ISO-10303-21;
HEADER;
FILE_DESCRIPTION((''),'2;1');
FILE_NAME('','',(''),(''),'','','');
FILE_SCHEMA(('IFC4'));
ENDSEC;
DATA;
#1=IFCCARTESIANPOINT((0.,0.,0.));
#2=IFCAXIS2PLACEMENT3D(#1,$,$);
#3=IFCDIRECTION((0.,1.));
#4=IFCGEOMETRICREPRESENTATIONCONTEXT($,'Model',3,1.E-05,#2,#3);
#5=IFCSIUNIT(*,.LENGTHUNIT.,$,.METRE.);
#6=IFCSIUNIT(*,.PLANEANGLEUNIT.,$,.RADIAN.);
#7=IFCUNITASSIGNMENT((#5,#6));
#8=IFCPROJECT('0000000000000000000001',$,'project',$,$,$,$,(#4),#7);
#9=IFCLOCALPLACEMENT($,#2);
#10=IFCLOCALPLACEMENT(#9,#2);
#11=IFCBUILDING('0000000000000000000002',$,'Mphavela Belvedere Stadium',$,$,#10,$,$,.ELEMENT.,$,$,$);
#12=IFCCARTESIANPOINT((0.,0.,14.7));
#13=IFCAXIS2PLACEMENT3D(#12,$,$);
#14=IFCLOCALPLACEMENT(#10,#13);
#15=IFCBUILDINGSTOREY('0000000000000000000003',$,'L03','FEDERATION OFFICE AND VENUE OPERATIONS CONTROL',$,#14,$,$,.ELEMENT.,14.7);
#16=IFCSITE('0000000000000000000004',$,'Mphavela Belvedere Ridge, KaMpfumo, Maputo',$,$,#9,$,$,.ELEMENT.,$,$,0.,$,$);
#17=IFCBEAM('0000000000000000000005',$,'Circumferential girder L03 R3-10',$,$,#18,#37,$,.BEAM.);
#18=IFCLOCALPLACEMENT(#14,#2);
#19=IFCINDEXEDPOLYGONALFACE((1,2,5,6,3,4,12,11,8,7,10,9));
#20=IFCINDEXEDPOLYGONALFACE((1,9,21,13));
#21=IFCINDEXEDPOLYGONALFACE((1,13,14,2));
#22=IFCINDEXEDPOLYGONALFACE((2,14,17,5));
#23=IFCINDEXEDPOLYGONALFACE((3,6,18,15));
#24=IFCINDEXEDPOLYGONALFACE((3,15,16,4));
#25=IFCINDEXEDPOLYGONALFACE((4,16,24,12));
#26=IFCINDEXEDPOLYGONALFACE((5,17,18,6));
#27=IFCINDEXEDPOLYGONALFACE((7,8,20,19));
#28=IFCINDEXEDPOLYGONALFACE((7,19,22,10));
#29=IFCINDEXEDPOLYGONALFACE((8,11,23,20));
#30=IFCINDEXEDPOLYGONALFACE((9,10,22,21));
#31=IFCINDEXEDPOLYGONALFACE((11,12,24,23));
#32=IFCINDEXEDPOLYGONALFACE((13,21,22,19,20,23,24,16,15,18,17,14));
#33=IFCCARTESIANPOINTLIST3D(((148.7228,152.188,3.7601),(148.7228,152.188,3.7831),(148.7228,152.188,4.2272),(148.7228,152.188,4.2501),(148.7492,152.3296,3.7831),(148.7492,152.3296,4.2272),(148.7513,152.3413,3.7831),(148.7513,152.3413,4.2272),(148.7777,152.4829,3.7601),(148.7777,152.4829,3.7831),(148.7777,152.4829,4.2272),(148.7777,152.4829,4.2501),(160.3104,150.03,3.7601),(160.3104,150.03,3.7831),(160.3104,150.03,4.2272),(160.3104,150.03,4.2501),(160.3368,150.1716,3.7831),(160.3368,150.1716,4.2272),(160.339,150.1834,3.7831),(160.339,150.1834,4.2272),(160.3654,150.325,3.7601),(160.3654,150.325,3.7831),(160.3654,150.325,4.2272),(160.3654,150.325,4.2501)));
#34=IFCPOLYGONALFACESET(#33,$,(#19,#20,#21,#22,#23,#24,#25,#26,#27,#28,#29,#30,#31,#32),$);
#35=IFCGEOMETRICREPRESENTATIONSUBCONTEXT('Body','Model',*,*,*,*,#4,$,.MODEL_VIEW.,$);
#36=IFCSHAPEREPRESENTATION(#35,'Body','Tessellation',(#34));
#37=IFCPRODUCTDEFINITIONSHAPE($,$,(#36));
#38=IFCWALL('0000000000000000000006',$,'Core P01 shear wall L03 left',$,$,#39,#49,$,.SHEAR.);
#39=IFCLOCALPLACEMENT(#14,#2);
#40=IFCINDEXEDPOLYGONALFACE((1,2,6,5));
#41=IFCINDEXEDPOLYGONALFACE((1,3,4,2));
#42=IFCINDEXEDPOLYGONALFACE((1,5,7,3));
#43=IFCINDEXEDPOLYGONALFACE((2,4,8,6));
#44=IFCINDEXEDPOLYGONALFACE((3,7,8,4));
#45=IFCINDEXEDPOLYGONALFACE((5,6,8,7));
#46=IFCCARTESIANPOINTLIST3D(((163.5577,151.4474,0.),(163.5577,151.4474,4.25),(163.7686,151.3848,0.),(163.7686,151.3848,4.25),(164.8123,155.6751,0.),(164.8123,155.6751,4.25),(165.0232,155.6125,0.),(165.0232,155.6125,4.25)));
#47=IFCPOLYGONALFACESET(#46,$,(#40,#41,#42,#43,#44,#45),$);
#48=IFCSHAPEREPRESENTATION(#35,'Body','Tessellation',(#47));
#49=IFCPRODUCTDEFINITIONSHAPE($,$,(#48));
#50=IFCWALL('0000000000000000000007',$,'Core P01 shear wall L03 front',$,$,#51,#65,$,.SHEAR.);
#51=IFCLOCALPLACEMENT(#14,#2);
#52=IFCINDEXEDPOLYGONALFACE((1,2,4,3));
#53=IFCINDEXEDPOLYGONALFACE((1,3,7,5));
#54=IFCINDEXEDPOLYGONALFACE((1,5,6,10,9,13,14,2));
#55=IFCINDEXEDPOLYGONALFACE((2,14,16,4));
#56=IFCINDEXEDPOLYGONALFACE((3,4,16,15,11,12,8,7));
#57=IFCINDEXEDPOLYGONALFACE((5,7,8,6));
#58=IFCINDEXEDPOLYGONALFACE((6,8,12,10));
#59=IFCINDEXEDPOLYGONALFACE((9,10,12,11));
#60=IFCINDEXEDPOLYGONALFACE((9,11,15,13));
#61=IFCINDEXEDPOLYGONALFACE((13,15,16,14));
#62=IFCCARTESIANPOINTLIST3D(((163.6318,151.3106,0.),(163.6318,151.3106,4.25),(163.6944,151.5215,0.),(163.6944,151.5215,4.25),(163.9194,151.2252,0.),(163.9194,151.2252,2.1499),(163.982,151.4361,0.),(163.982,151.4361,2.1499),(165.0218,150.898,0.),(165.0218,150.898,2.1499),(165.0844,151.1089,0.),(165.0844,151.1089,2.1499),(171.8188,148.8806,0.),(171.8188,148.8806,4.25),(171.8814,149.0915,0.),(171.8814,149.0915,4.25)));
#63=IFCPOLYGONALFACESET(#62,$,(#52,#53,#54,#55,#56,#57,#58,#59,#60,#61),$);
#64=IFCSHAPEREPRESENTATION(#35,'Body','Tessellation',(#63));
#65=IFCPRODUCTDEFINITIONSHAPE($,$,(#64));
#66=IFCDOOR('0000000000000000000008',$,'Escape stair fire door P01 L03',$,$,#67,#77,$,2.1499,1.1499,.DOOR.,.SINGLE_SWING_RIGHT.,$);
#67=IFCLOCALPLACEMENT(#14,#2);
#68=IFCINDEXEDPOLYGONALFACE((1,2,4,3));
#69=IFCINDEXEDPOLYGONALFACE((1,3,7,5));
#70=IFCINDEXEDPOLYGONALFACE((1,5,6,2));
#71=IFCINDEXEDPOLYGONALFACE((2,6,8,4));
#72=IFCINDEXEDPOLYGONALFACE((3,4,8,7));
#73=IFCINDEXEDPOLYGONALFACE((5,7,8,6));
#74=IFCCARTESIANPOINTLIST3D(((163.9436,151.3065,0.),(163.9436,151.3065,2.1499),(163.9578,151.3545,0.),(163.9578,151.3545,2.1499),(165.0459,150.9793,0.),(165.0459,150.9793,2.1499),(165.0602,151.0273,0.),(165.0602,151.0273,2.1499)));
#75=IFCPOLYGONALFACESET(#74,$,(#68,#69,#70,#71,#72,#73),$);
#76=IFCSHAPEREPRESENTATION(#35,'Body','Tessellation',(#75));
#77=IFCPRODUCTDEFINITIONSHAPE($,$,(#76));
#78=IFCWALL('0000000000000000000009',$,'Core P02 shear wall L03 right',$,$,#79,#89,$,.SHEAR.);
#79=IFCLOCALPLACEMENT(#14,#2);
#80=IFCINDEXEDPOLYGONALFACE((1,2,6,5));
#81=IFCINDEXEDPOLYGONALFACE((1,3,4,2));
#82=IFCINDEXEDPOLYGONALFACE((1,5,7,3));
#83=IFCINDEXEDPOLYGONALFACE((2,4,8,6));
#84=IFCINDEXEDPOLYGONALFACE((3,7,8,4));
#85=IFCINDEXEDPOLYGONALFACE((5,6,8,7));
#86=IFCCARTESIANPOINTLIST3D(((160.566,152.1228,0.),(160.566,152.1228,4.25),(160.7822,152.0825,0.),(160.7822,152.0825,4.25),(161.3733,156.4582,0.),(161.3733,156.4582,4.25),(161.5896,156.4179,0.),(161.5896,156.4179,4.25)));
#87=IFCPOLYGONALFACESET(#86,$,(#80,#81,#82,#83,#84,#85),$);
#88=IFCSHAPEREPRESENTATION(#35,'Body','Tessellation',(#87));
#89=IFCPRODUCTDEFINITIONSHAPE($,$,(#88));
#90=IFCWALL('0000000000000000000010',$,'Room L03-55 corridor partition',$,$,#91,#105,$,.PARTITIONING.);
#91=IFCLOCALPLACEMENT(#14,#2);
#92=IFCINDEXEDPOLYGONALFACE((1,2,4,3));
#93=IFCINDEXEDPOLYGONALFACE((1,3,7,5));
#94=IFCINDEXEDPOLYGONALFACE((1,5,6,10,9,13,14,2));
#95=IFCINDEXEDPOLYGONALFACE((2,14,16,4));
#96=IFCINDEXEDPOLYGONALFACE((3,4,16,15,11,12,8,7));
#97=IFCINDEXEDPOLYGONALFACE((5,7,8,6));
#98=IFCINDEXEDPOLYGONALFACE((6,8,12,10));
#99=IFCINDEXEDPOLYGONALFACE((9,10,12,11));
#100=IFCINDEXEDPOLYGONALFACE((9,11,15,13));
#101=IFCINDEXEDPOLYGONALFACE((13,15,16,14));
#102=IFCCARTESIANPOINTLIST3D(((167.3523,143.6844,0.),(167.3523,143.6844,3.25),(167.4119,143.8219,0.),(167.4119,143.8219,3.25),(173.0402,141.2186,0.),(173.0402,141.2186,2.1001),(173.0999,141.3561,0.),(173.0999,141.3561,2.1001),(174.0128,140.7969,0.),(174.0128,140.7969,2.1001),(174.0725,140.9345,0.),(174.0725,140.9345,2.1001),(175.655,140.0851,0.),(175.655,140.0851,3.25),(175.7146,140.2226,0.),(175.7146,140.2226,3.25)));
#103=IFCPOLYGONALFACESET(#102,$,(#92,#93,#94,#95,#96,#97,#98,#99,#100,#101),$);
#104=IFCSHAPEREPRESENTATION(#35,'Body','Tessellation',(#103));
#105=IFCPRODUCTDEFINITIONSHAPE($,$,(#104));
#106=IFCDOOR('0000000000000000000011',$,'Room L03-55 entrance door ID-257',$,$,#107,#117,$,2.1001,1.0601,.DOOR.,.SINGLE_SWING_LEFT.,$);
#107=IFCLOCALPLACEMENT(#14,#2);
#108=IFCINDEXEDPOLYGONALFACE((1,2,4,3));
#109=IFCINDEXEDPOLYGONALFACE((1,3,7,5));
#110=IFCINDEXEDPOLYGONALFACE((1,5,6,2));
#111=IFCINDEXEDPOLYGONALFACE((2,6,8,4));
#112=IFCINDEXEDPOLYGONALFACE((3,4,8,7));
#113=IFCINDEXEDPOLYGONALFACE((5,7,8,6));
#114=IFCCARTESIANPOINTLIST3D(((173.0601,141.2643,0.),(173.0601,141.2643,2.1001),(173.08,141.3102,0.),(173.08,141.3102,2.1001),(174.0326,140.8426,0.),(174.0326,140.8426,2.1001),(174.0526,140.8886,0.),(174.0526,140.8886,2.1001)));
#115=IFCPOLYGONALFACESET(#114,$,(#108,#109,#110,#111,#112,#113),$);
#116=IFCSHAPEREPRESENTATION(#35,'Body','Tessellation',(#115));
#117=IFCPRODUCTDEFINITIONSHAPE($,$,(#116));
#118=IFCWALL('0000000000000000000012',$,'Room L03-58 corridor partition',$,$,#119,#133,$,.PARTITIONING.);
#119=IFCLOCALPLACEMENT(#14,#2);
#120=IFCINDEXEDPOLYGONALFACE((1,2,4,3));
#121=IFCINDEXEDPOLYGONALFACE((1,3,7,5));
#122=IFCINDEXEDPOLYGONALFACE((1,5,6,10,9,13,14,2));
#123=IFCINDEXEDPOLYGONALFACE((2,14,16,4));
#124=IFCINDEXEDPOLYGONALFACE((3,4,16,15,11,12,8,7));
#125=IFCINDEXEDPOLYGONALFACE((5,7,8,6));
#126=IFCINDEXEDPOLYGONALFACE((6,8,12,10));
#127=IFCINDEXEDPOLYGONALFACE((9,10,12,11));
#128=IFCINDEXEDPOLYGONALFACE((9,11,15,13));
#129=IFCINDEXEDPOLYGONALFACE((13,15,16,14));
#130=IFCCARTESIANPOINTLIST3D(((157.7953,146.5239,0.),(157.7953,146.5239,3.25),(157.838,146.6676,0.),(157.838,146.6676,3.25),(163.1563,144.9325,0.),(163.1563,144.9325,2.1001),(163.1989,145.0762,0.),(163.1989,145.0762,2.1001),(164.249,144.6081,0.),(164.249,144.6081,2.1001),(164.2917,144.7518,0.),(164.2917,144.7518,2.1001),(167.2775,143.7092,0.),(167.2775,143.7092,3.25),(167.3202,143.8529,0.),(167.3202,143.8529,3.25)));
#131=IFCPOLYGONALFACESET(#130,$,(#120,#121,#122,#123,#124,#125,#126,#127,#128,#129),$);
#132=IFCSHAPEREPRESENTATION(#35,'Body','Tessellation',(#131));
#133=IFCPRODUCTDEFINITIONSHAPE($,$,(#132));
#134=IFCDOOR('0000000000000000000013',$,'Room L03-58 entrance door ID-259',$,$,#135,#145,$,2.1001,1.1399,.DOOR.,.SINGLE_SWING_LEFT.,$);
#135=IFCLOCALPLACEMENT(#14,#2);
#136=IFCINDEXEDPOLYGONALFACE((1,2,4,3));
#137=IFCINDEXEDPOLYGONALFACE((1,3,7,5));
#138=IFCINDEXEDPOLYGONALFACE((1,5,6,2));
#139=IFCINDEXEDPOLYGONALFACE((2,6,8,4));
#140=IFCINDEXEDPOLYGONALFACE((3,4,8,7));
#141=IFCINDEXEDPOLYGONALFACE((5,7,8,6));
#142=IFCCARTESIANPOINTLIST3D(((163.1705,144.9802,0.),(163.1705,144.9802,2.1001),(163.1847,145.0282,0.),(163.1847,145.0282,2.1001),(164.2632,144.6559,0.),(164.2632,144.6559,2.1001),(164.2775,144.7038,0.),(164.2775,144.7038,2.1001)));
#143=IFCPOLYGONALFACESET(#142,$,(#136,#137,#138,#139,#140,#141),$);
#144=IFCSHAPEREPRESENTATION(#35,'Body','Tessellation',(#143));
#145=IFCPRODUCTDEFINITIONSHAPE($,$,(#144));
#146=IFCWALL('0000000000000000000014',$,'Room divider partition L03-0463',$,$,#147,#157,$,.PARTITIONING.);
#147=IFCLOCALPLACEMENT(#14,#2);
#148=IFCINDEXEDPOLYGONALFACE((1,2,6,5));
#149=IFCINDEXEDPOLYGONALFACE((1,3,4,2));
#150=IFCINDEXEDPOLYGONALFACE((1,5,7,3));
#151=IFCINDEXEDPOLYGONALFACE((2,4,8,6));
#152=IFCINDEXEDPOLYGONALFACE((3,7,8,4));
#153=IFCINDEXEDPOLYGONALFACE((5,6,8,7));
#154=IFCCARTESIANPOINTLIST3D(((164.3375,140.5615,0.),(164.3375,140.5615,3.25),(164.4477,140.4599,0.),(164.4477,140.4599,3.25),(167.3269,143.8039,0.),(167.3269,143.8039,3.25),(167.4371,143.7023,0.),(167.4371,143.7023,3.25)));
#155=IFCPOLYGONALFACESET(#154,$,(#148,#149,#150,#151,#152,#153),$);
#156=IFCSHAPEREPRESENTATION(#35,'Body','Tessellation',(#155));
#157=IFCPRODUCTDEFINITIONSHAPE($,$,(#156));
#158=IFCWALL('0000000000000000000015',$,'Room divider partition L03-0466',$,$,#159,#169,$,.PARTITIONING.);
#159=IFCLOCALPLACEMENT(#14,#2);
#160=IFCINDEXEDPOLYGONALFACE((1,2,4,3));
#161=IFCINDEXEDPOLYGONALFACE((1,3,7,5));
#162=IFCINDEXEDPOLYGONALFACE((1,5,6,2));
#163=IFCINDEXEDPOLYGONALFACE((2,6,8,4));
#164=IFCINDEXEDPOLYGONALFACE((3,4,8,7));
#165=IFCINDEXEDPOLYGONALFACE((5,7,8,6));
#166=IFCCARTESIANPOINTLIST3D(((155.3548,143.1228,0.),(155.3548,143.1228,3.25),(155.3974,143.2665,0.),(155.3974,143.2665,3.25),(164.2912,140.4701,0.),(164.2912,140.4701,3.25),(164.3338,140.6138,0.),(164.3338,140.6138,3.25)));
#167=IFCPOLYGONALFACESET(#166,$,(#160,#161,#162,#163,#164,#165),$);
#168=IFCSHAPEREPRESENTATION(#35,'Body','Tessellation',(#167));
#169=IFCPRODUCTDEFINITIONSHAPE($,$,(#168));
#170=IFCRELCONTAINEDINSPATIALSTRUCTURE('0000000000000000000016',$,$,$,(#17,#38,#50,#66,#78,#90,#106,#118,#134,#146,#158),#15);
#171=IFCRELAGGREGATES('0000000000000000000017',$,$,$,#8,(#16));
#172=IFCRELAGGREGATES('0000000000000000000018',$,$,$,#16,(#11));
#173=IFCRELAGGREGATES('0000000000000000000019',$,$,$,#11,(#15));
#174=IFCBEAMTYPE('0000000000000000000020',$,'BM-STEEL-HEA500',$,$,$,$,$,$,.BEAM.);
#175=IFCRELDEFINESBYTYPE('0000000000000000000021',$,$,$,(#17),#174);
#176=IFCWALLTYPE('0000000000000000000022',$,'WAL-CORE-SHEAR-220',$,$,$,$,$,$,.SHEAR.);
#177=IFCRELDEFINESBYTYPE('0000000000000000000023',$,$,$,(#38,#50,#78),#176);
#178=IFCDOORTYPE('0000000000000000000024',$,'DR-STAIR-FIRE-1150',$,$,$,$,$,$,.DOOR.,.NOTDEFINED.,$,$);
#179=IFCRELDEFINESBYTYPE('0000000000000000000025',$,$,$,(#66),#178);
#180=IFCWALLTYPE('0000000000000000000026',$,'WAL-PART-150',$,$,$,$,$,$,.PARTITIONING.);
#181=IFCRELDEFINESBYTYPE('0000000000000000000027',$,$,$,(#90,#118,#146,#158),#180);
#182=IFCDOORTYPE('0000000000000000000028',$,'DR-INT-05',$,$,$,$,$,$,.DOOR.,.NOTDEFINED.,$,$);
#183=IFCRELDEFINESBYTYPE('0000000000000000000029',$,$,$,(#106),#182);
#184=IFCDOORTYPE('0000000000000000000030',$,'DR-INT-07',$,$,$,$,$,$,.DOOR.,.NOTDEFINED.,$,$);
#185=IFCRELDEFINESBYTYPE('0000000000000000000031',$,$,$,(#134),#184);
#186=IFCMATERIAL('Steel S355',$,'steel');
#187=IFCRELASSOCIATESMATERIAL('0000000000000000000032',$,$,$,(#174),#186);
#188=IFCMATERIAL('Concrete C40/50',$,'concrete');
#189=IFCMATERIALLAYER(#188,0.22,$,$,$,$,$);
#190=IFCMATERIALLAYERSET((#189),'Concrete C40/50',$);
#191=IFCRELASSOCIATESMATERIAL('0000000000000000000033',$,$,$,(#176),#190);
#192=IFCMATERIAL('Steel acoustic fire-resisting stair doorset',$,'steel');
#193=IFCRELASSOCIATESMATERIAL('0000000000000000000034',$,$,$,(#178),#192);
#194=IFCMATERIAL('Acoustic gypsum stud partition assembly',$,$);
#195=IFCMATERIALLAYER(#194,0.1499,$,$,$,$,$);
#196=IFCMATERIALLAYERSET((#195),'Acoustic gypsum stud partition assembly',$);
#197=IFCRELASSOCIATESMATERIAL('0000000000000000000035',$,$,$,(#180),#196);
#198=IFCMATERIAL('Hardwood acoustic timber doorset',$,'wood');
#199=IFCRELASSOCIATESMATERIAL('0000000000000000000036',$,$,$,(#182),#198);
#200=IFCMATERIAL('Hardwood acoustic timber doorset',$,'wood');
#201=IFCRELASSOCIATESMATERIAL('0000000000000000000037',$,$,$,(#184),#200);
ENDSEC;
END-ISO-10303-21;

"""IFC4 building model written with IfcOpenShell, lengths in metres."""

from ifc_helpers import new_model, si_unit, direction, frame, frame_2d, origin, origin_2d, place, context, subcontext, project, spatial, rectangle, i_section, extrude, material, layer, layer_set, material_profile, profile_set, type_object, element, fill, save


model = new_model("IFC4")

# Units and contexts
model_context = context("Model", 3, precision=1e-05, world=origin(), true_north=direction((0.0, 1.0)))
body_context = subcontext(model_context, "Body", "Model", "MODEL_VIEW")
ifc_project = project(units=[si_unit("LENGTHUNIT", "METRE"), si_unit("PLANEANGLEUNIT", "RADIAN")], contexts=[model_context])

# Site, building, storey
site_placement = place(None, origin())
site = spatial("IfcSite", under=ifc_project, at=site_placement, Name="Mphavela Belvedere Ridge, KaMpfumo, Maputo", CompositionType="ELEMENT", RefElevation=0.0)
building_placement = place(site_placement, origin())
building = spatial("IfcBuilding", under=site, at=building_placement, Name="Mphavela Belvedere Stadium", CompositionType="ELEMENT")
storey_placement = place(building_placement, frame((0.0, 0.0, 14.7)))
storey = spatial("IfcBuildingStorey", under=building, at=storey_placement, Name="L03", Description="FEDERATION OFFICE AND VENUE OPERATIONS CONTROL", CompositionType="ELEMENT", Elevation=14.7)

# Beam
ifc_material_1 = material(Name="Steel S355", Category="steel")
ifc_material_profile_1 = material_profile(ifc_material_1, i_section(OverallWidth=0.3, OverallDepth=0.49, WebThickness=0.012, FlangeThickness=0.0229, at=origin_2d()), Name="HEA 500")
ifc_profile_set_1 = profile_set([ifc_material_profile_1], Name="Steel S355")
beam_type_1 = type_object("IfcBeamType", Name="BM-STEEL-HEA500", PredefinedType="BEAM", material=ifc_profile_set_1)
beam_1_placement = place(storey_placement, frame((160.3379, 150.1775, 4.0051), z_axis=(-0.983098, 0.183082, 0.0), x_axis=(-0.183082, -0.983098, 0.0)))
element("IfcBeam", 1, at=beam_1_placement, inside=storey, type_object=beam_type_1, Name="Circumferential girder L03 R3-10", PredefinedType="BEAM", context=body_context, shape_type="SweptSolid", body=[
    extrude(i_section(OverallWidth=0.3, OverallDepth=0.49, WebThickness=0.012, FlangeThickness=0.0229, at=origin_2d()), origin(), (0.0, 0.0, 1.0), 11.7869),
])

# Wall
ifc_material_2 = material(Name="Concrete C40/50", Category="concrete")
ifc_layer_1 = layer(ifc_material_2, 0.22)
ifc_layer_set_1 = layer_set([ifc_layer_1], Name="Concrete C40/50")
wall_type_1 = type_object("IfcWallType", Name="WAL-CORE-SHEAR-220", PredefinedType="SHEAR", material=ifc_layer_set_1)
wall_1_placement = place(storey_placement, frame((163.6631, 151.416, 0.0), z_axis=(0.0, 0.0, 1.0), x_axis=(0.284497, 0.958677, 0.0)))
element("IfcWall", 2, at=wall_1_placement, inside=storey, type_object=wall_type_1, Name="Core P01 shear wall L03 left", PredefinedType="SHEAR", context=body_context, shape_type="SweptSolid", body=[
    extrude(rectangle(XDim=4.4099, YDim=0.22, at=frame_2d((2.2051, 0.0))), origin(), (0.0, 0.0, 1.0), 4.25),
])

# Wall, opening, door
wall_2_placement = place(storey_placement, frame((163.6631, 151.416, 0.0), z_axis=(0.0, 0.0, 1.0), x_axis=(0.958666, -0.284535, 0.0)))
wall_2 = element("IfcWall", 3, at=wall_2_placement, inside=storey, type_object=wall_type_1, Name="Core P01 shear wall L03 front", PredefinedType="SHEAR", context=body_context, shape_type="SweptSolid", body=[
    extrude(rectangle(XDim=8.54, YDim=0.22, at=frame_2d((4.27, 0.0))), origin(), (0.0, 0.0, 1.0), 4.25),
])
opening_1_placement = place(wall_2_placement, frame((0.3, 0.0, 0.0)))
opening_1 = element("IfcOpeningElement", 4, at=opening_1_placement, cuts=wall_2, PredefinedType="OPENING", context=body_context, shape_type="SweptSolid", body=[
    extrude(rectangle(XDim=1.1499, YDim=2.1499, at=frame_2d((0.575, 1.075))), frame((0.0, 0.1201, 0.0), z_axis=(0.0, -1.0, 0.0), x_axis=(1.0, 0.0, 0.0)), (0.0, 0.0, 1.0), 0.24),
])
ifc_material_3 = material(Name="Steel acoustic fire-resisting stair doorset", Category="steel")
door_type_1 = type_object("IfcDoorType", Name="DR-STAIR-FIRE-1150", OperationType="NOTDEFINED", PredefinedType="DOOR", material=ifc_material_3)
door_1_placement = place(opening_1_placement, origin())
door_1 = element("IfcDoor", 5, at=door_1_placement, inside=storey, type_object=door_type_1, Name="Escape stair fire door P01 L03", OperationType="SINGLE_SWING_RIGHT", OverallHeight=2.1499, OverallWidth=1.1499, PredefinedType="DOOR", context=body_context, shape_type="SweptSolid", body=[
    extrude(rectangle(XDim=1.1499, YDim=2.1499, at=frame_2d((0.575, 1.075))), frame((0.0, 0.0249, 0.0), z_axis=(0.0, -1.0, 0.0), x_axis=(1.0, 0.0, 0.0)), (0.0, 0.0, 1.0), 0.05),
])
fill(opening_1, door_1)

# Wall
wall_3_placement = place(storey_placement, frame((160.6741, 152.1025, 0.0), z_axis=(0.0, 0.0, 1.0), x_axis=(0.183078, 0.983098, 0.0)))
element("IfcWall", 6, at=wall_3_placement, inside=storey, type_object=wall_type_1, Name="Core P02 shear wall L03 right", PredefinedType="SHEAR", context=body_context, shape_type="SweptSolid", body=[
    extrude(rectangle(XDim=4.4099, YDim=0.22, at=frame_2d((2.2051, 0.0))), origin(), (0.0, 0.0, 1.0), 4.25),
])

# Walls, openings, doors
ifc_material_4 = material(Name="Acoustic gypsum stud partition assembly")
ifc_layer_2 = layer(ifc_material_4, 0.1499)
ifc_layer_set_2 = layer_set([ifc_layer_2], Name="Acoustic gypsum stud partition assembly")
wall_type_2 = type_object("IfcWallType", Name="WAL-PART-150", PredefinedType="PARTITIONING", material=ifc_layer_set_2)
wall_4_placement = place(storey_placement, frame((167.3821, 143.7532, 0.0), z_axis=(0.0, 0.0, 1.0), x_axis=(0.917495, -0.397748, 0.0)))
wall_4 = element("IfcWall", 7, at=wall_4_placement, inside=storey, type_object=wall_type_2, Name="Room L03-55 corridor partition", PredefinedType="PARTITIONING", context=body_context, shape_type="SweptSolid", body=[
    extrude(rectangle(XDim=9.0493, YDim=0.1499, at=frame_2d((4.5247, 0.0))), origin(), (0.0, 0.0, 1.0), 3.25),
])
opening_2_placement = place(wall_4_placement, frame((6.1995, 0.0, 0.0)))
opening_2 = element("IfcOpeningElement", 8, at=opening_2_placement, cuts=wall_4, PredefinedType="OPENING", context=body_context, shape_type="SweptSolid", body=[
    extrude(rectangle(XDim=1.0601, YDim=2.1001, at=frame_2d((0.53, 1.05))), frame((0.0, 0.085, 0.0), z_axis=(0.0, -1.0, 0.0), x_axis=(1.0, 0.0, 0.0)), (0.0, 0.0, 1.0), 0.1699),
])
ifc_material_5 = material(Name="Hardwood acoustic timber doorset", Category="wood")
door_type_2 = type_object("IfcDoorType", Name="DR-INT-05", OperationType="NOTDEFINED", PredefinedType="DOOR", material=ifc_material_5)
door_2_placement = place(opening_2_placement, origin())
door_2 = element("IfcDoor", 9, at=door_2_placement, inside=storey, type_object=door_type_2, Name="Room L03-55 entrance door ID-257", OperationType="SINGLE_SWING_LEFT", OverallHeight=2.1001, OverallWidth=1.0601, PredefinedType="DOOR", context=body_context, shape_type="SweptSolid", body=[
    extrude(rectangle(XDim=1.0601, YDim=2.1001, at=frame_2d((0.53, 1.05))), frame((0.0, 0.0249, 0.0), z_axis=(0.0, -1.0, 0.0), x_axis=(1.0, 0.0, 0.0)), (0.0, 0.0, 1.0), 0.05),
])
fill(opening_2, door_2)
wall_5_placement = place(storey_placement, frame((157.8167, 146.5957, 0.0), z_axis=(0.0, 0.0, 1.0), x_axis=(0.958656, -0.284568, 0.0)))
wall_5 = element("IfcWall", 10, at=wall_5_placement, inside=storey, type_object=wall_type_2, Name="Room L03-58 corridor partition", PredefinedType="PARTITIONING", context=body_context, shape_type="SweptSolid", body=[
    extrude(rectangle(XDim=9.8911, YDim=0.1499, at=frame_2d((4.9456, 0.0))), origin(), (0.0, 0.0, 1.0), 3.25),
])
opening_3_placement = place(wall_5_placement, frame((5.5923, 0.0, 0.0)))
opening_3 = element("IfcOpeningElement", 11, at=opening_3_placement, cuts=wall_5, PredefinedType="OPENING", context=body_context, shape_type="SweptSolid", body=[
    extrude(rectangle(XDim=1.1399, YDim=2.1001, at=frame_2d((0.5698, 1.05))), frame((0.0, 0.085, 0.0), z_axis=(0.0, -1.0, 0.0), x_axis=(1.0, 0.0, 0.0)), (0.0, 0.0, 1.0), 0.1699),
])
ifc_material_6 = material(Name="Hardwood acoustic timber doorset", Category="wood")
door_type_3 = type_object("IfcDoorType", Name="DR-INT-07", OperationType="NOTDEFINED", PredefinedType="DOOR", material=ifc_material_6)
door_3_placement = place(opening_3_placement, origin())
door_3 = element("IfcDoor", 12, at=door_3_placement, inside=storey, type_object=door_type_3, Name="Room L03-58 entrance door ID-259", OperationType="SINGLE_SWING_LEFT", OverallHeight=2.1001, OverallWidth=1.1399, PredefinedType="DOOR", context=body_context, shape_type="SweptSolid", body=[
    extrude(rectangle(XDim=1.1399, YDim=2.1001, at=frame_2d((0.5698, 1.05))), frame((0.0, 0.0249, 0.0), z_axis=(0.0, -1.0, 0.0), x_axis=(1.0, 0.0, 0.0)), (0.0, 0.0, 1.0), 0.05),
])
fill(opening_3, door_3)

# Walls
wall_6_placement = place(storey_placement, frame((164.3926, 140.5107, 0.0), z_axis=(0.0, 0.0, 1.0), x_axis=(0.67785, 0.7352, 0.0)))
element("IfcWall", 13, at=wall_6_placement, inside=storey, type_object=wall_type_2, Name="Room divider partition L03-0463", PredefinedType="PARTITIONING", context=body_context, shape_type="SweptSolid", body=[
    extrude(rectangle(XDim=4.4102, YDim=0.1499, at=frame_2d((2.2051, 0.0))), origin(), (0.0, 0.0, 1.0), 3.25),
])
wall_7_placement = place(storey_placement, frame((164.3125, 140.542, 0.0), z_axis=(0.0, 0.0, 1.0), x_axis=(-0.958658, 0.284562, 0.0)))
element("IfcWall", 14, at=wall_7_placement, inside=storey, type_object=wall_type_2, Name="Room divider partition L03-0466", PredefinedType="PARTITIONING", context=body_context, shape_type="SweptSolid", body=[
    extrude(rectangle(XDim=9.3218, YDim=0.1499, at=frame_2d((4.6609, 0.0))), origin(), (0.0, 0.0, 1.0), 3.25),
])

save(model, "model.ifc")
